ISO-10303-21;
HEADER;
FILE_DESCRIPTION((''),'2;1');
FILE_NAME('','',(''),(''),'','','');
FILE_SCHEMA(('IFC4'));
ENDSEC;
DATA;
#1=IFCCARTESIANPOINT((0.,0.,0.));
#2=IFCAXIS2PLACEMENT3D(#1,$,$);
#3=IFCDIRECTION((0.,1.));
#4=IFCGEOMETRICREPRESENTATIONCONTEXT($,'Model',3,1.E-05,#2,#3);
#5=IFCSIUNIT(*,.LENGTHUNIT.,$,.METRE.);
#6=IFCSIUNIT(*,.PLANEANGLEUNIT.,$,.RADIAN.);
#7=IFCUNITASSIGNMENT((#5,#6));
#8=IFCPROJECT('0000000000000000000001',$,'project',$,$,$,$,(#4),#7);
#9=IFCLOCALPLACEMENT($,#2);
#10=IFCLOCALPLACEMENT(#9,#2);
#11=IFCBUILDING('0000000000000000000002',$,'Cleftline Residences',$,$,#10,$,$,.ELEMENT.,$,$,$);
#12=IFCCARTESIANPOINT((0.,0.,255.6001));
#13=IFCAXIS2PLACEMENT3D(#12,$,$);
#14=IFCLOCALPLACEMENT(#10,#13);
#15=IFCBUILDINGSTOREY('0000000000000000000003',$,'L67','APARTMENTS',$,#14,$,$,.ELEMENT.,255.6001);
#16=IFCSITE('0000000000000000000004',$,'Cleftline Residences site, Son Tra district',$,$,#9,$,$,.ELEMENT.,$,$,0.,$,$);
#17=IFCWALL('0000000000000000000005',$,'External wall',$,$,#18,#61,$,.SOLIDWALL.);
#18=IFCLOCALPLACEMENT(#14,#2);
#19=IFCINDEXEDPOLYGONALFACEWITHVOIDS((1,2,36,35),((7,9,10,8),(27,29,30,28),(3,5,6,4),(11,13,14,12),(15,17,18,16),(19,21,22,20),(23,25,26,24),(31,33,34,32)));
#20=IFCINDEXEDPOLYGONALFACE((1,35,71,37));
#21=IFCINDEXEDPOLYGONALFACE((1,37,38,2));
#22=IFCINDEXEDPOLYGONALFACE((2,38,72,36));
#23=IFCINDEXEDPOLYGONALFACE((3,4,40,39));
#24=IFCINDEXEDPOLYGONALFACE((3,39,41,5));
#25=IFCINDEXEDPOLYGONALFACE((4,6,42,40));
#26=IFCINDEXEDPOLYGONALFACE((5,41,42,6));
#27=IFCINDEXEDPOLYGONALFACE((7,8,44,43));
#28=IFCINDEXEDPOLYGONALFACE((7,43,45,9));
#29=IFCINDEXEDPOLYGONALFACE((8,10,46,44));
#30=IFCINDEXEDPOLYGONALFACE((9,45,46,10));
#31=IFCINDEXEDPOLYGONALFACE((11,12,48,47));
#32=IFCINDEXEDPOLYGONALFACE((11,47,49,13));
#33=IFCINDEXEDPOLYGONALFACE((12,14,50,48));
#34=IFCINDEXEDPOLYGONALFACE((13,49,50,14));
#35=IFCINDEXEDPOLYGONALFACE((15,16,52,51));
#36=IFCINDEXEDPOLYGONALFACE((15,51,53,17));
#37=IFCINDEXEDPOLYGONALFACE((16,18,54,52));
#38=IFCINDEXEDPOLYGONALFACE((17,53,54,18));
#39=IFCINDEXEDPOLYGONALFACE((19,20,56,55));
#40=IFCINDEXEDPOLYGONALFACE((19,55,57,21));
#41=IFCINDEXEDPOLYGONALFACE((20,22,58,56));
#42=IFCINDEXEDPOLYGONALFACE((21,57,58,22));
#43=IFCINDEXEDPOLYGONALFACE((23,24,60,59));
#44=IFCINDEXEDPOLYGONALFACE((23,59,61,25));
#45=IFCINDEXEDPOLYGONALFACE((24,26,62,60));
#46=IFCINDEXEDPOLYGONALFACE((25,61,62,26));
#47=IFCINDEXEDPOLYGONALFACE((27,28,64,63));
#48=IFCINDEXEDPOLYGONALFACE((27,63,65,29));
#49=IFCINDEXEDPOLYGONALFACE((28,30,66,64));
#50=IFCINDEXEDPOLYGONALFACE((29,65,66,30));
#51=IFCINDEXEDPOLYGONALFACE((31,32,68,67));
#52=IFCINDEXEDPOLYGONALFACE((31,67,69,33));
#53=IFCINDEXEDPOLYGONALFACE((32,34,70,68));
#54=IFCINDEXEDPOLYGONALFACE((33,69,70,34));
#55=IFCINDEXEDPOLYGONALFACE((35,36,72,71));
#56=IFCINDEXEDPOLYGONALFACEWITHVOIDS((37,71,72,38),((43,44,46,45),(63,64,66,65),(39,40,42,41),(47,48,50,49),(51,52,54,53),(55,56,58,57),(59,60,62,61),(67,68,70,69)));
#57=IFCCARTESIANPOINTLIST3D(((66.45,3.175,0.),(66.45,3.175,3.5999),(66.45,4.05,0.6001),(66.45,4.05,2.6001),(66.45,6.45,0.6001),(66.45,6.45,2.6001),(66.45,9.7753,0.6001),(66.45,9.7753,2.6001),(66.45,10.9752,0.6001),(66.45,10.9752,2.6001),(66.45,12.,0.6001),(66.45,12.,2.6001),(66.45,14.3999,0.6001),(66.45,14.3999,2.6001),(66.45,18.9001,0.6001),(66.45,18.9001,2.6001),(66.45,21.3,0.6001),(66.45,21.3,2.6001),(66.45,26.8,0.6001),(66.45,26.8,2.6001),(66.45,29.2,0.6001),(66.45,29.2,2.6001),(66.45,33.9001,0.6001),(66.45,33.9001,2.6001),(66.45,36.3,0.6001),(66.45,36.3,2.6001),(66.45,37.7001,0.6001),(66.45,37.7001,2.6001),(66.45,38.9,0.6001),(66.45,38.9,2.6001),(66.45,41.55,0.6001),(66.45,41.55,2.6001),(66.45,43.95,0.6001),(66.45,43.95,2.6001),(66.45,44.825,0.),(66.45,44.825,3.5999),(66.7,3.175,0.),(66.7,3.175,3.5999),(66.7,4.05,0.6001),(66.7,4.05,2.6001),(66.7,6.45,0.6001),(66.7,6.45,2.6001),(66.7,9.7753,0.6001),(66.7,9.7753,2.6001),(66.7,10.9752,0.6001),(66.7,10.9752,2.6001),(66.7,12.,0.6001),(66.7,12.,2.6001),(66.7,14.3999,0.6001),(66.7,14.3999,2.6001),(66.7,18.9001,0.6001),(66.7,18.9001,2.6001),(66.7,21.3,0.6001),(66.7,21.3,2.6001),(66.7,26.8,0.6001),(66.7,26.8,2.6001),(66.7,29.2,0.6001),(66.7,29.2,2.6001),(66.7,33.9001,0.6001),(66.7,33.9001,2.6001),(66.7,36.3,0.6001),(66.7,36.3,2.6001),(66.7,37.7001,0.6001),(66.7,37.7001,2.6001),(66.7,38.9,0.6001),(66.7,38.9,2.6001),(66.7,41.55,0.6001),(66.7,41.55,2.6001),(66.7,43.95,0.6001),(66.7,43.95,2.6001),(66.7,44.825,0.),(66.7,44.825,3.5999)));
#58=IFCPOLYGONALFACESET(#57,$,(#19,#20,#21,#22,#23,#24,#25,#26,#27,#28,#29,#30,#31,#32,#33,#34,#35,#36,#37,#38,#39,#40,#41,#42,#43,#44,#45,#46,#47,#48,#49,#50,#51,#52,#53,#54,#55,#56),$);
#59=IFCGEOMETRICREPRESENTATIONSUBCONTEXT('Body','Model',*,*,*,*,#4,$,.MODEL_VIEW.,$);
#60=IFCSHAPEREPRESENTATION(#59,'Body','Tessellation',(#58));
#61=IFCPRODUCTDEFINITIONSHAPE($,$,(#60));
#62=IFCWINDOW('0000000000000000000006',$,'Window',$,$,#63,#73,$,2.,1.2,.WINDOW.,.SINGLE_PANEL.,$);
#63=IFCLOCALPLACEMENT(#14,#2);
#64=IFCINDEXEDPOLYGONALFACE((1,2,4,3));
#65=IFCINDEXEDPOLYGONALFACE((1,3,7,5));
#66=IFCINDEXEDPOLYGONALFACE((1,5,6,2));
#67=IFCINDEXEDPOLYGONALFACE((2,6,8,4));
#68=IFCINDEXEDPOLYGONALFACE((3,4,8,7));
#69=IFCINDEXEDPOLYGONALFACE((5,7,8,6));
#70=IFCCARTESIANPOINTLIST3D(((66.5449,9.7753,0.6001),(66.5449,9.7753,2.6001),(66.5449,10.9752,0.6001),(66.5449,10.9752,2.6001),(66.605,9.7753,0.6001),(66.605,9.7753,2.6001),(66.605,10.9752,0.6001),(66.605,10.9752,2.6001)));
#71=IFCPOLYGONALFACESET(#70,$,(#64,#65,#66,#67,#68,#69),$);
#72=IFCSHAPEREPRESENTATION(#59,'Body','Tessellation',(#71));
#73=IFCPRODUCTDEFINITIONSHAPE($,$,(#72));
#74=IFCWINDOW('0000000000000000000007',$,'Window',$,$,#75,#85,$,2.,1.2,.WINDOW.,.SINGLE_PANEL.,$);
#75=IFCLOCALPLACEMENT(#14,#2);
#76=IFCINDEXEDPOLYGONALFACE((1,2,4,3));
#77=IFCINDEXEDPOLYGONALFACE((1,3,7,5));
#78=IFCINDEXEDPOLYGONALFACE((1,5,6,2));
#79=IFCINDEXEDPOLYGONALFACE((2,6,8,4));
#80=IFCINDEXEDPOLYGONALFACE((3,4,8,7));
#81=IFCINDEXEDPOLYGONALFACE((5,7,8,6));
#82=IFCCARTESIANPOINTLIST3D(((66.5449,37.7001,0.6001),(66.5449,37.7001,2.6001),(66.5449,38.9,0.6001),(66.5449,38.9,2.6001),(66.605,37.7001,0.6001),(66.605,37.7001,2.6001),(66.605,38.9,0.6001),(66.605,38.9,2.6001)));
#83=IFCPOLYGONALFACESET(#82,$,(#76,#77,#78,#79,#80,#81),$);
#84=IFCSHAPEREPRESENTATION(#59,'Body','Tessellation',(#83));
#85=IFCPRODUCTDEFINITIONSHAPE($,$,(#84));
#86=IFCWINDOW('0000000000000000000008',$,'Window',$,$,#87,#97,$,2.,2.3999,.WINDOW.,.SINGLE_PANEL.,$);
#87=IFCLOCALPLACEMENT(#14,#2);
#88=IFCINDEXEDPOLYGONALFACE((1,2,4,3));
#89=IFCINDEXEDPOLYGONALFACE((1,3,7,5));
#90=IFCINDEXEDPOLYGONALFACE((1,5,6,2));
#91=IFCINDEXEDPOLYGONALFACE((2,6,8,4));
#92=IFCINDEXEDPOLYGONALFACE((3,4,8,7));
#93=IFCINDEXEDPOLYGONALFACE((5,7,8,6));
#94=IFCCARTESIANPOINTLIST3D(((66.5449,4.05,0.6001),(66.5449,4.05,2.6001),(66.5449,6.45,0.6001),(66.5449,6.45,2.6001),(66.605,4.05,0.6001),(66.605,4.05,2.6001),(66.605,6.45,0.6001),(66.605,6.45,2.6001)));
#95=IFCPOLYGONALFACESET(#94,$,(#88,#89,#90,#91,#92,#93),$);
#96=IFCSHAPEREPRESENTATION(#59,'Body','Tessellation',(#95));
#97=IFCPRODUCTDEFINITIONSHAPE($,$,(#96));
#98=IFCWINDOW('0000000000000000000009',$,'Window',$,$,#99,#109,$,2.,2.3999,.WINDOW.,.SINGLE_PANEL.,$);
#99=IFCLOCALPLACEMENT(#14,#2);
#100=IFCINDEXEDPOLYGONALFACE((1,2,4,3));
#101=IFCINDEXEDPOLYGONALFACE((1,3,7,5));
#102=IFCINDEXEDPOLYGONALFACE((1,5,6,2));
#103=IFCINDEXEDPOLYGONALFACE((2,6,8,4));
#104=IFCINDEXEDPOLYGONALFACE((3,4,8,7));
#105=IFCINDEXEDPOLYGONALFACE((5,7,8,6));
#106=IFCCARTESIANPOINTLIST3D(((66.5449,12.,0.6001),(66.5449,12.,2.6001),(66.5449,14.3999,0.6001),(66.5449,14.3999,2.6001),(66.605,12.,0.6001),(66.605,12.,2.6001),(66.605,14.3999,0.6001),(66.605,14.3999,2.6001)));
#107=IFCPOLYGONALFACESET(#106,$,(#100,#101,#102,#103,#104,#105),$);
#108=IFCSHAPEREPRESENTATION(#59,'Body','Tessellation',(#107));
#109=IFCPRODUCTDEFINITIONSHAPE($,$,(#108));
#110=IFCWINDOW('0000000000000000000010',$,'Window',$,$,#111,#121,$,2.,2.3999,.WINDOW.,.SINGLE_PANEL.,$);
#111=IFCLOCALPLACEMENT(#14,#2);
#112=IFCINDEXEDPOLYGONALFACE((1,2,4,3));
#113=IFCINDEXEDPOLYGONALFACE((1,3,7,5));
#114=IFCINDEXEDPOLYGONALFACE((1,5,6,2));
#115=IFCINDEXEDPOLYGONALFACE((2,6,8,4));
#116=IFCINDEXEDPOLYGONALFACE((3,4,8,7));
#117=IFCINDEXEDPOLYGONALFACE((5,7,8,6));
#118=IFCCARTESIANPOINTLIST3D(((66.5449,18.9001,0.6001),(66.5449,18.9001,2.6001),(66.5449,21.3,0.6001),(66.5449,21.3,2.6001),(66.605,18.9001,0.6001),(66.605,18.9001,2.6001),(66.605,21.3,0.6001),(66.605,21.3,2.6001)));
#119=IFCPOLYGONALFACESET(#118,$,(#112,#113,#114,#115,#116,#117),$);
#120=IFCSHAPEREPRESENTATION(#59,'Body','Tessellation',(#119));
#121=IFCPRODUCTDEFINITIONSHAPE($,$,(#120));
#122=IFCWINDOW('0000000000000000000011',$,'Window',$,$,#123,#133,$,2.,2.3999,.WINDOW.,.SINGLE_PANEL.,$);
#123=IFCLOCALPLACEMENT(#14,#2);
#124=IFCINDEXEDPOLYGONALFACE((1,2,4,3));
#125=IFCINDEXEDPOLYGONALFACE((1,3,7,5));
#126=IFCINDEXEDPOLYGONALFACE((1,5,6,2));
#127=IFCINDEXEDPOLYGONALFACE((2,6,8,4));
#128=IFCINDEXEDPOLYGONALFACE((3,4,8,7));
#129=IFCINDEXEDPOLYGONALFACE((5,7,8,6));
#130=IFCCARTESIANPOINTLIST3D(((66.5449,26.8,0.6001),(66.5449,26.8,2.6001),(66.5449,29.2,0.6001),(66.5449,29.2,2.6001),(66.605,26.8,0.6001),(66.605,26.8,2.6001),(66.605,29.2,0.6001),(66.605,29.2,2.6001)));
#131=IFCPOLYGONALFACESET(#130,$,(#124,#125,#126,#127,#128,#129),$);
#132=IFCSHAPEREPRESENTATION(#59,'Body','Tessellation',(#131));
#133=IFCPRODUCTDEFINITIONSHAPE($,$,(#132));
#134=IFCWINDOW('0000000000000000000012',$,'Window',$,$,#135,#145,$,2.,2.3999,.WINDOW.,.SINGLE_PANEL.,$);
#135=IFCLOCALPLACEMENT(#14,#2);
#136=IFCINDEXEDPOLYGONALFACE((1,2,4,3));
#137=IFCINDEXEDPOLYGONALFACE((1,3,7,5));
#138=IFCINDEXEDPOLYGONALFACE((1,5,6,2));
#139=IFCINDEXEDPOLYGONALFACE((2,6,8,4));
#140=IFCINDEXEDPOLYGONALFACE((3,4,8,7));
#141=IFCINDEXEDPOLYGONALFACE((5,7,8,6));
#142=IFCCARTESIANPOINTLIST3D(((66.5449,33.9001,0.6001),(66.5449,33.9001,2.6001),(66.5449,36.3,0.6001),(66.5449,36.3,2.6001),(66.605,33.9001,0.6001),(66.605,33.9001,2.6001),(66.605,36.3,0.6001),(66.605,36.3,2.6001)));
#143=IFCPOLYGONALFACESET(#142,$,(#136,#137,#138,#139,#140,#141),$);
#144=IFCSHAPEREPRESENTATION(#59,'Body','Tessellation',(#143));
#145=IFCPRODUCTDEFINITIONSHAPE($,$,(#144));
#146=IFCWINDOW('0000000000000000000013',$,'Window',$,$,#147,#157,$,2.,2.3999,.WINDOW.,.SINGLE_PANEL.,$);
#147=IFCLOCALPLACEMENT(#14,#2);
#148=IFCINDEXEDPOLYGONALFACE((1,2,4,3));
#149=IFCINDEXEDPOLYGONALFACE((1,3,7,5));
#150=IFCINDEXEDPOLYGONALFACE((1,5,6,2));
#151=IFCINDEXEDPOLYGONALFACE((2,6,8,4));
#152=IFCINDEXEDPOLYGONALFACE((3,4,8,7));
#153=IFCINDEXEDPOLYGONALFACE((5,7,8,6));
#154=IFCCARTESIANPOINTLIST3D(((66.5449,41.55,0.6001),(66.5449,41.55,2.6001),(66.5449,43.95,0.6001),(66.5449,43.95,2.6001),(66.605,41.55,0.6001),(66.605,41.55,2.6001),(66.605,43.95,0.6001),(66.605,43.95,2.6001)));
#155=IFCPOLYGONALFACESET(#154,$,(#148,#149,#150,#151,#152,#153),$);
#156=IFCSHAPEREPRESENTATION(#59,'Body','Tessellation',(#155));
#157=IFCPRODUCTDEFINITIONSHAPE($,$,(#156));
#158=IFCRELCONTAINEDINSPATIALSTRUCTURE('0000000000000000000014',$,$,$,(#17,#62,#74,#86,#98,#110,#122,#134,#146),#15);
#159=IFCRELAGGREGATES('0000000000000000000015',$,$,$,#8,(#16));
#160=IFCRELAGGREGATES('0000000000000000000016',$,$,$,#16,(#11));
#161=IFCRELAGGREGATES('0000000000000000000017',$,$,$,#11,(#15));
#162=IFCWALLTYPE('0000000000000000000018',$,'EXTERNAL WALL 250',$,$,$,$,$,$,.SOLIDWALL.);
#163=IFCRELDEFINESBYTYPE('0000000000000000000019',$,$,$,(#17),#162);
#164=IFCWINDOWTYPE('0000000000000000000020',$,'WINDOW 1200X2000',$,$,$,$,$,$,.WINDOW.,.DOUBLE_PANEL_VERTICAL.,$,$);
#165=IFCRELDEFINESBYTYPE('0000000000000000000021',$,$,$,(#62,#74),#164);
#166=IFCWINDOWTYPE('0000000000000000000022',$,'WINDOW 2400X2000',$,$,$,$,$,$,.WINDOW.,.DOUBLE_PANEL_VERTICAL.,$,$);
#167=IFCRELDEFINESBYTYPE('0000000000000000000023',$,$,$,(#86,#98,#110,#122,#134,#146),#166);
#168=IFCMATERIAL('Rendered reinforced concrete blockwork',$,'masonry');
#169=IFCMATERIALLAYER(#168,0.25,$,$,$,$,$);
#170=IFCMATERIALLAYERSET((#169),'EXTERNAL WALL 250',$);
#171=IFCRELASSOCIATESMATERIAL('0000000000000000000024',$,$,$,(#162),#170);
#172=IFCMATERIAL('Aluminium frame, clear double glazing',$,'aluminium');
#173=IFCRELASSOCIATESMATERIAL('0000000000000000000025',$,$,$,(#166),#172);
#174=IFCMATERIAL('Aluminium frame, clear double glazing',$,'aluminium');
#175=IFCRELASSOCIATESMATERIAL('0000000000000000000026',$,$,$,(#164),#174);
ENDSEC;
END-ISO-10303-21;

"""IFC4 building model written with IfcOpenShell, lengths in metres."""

from ifc_helpers import new_model, si_unit, direction, frame, frame_2d, origin, place, context, subcontext, project, spatial, rectangle, extrude, material, layer, layer_set, type_object, element, fill, save


model = new_model("IFC4")

# Units and contexts
model_context = context("Model", 3, precision=1e-05, world=origin(), true_north=direction((0.0, 1.0)))
body_context = subcontext(model_context, "Body", "Model", "MODEL_VIEW")
ifc_project = project(units=[si_unit("LENGTHUNIT", "METRE"), si_unit("PLANEANGLEUNIT", "RADIAN")], contexts=[model_context])

# Site, building, storey
site_placement = place(None, origin())
site = spatial("IfcSite", under=ifc_project, at=site_placement, Name="Cleftline Residences site, Son Tra district", CompositionType="ELEMENT", RefElevation=0.0)
building_placement = place(site_placement, origin())
building = spatial("IfcBuilding", under=site, at=building_placement, Name="Cleftline Residences", CompositionType="ELEMENT")
storey_placement = place(building_placement, frame((0.0, 0.0, 255.6001)))
storey = spatial("IfcBuildingStorey", under=building, at=storey_placement, Name="L67", Description="APARTMENTS", CompositionType="ELEMENT", Elevation=255.6001)

# Shared definitions
ifc_material_1 = material(Name="Rendered reinforced concrete blockwork", Category="masonry")
ifc_layer_1 = layer(ifc_material_1, 0.25)
ifc_layer_set_1 = layer_set([ifc_layer_1], Name="EXTERNAL WALL 250")
wall_type_1 = type_object("IfcWallType", Name="EXTERNAL WALL 250", PredefinedType="SOLIDWALL", material=ifc_layer_set_1)
ifc_material_2 = material(Name="Aluminium frame, clear double glazing", Category="aluminium")
window_type_1 = type_object("IfcWindowType", Name="WINDOW 2400X2000", PartitioningType="DOUBLE_PANEL_VERTICAL", PredefinedType="WINDOW", material=ifc_material_2)

# Wall, openings, windows
wall_1_placement = place(storey_placement, frame((66.575, 3.175, 0.0), z_axis=(0.0, 0.0, 1.0), x_axis=(0.0, 1.0, 0.0)))
wall_1 = element("IfcWall", 1, at=wall_1_placement, inside=storey, type_object=wall_type_1, Name="External wall", PredefinedType="SOLIDWALL", context=body_context, shape_type="SweptSolid", body=[
    extrude(rectangle(XDim=41.6499, YDim=0.25, at=frame_2d((20.825, 0.0))), origin(), (0.0, 0.0, 1.0), 3.5999),
])
opening_1_placement = place(wall_1_placement, frame((0.875, 0.0, 0.6001)))
opening_1 = element("IfcOpeningElement", 2, at=opening_1_placement, cuts=wall_1, PredefinedType="OPENING", context=body_context, shape_type="SweptSolid", body=[
    extrude(rectangle(XDim=2.3999, YDim=2.0, at=frame_2d((1.2, 1.0))), frame((0.0, 0.135, 0.0), z_axis=(0.0, -1.0, 0.0), x_axis=(1.0, 0.0, 0.0)), (0.0, 0.0, 1.0), 0.27),
])
opening_2_placement = place(wall_1_placement, frame((6.6001, 0.0, 0.6001)))
opening_2 = element("IfcOpeningElement", 3, at=opening_2_placement, cuts=wall_1, PredefinedType="OPENING", context=body_context, shape_type="SweptSolid", body=[
    extrude(rectangle(XDim=1.2, YDim=2.0, at=frame_2d((0.6001, 1.0))), frame((0.0, 0.135, 0.0), z_axis=(0.0, -1.0, 0.0), x_axis=(1.0, 0.0, 0.0)), (0.0, 0.0, 1.0), 0.27),
])
opening_3_placement = place(wall_1_placement, frame((8.825, 0.0, 0.6001)))
opening_3 = element("IfcOpeningElement", 4, at=opening_3_placement, cuts=wall_1, PredefinedType="OPENING", context=body_context, shape_type="SweptSolid", body=[
    extrude(rectangle(XDim=2.3999, YDim=2.0, at=frame_2d((1.2, 1.0))), frame((0.0, 0.135, 0.0), z_axis=(0.0, -1.0, 0.0), x_axis=(1.0, 0.0, 0.0)), (0.0, 0.0, 1.0), 0.27),
])
opening_4_placement = place(wall_1_placement, frame((15.7251, 0.0, 0.6001)))
opening_4 = element("IfcOpeningElement", 5, at=opening_4_placement, cuts=wall_1, PredefinedType="OPENING", context=body_context, shape_type="SweptSolid", body=[
    extrude(rectangle(XDim=2.3999, YDim=2.0, at=frame_2d((1.2, 1.0))), frame((0.0, 0.135, 0.0), z_axis=(0.0, -1.0, 0.0), x_axis=(1.0, 0.0, 0.0)), (0.0, 0.0, 1.0), 0.27),
])
opening_5_placement = place(wall_1_placement, frame((23.625, 0.0, 0.6001)))
opening_5 = element("IfcOpeningElement", 6, at=opening_5_placement, cuts=wall_1, PredefinedType="OPENING", context=body_context, shape_type="SweptSolid", body=[
    extrude(rectangle(XDim=2.3999, YDim=2.0, at=frame_2d((1.2, 1.0))), frame((0.0, 0.135, 0.0), z_axis=(0.0, -1.0, 0.0), x_axis=(1.0, 0.0, 0.0)), (0.0, 0.0, 1.0), 0.27),
])
opening_6_placement = place(wall_1_placement, frame((30.7251, 0.0, 0.6001)))
opening_6 = element("IfcOpeningElement", 7, at=opening_6_placement, cuts=wall_1, PredefinedType="OPENING", context=body_context, shape_type="SweptSolid", body=[
    extrude(rectangle(XDim=2.3999, YDim=2.0, at=frame_2d((1.2, 1.0))), frame((0.0, 0.135, 0.0), z_axis=(0.0, -1.0, 0.0), x_axis=(1.0, 0.0, 0.0)), (0.0, 0.0, 1.0), 0.27),
])
opening_7_placement = place(wall_1_placement, frame((34.5249, 0.0, 0.6001)))
opening_7 = element("IfcOpeningElement", 8, at=opening_7_placement, cuts=wall_1, PredefinedType="OPENING", context=body_context, shape_type="SweptSolid", body=[
    extrude(rectangle(XDim=1.2, YDim=2.0, at=frame_2d((0.6001, 1.0))), frame((0.0, 0.135, 0.0), z_axis=(0.0, -1.0, 0.0), x_axis=(1.0, 0.0, 0.0)), (0.0, 0.0, 1.0), 0.27),
])
opening_8_placement = place(wall_1_placement, frame((38.375, 0.0, 0.6001)))
opening_8 = element("IfcOpeningElement", 9, at=opening_8_placement, cuts=wall_1, PredefinedType="OPENING", context=body_context, shape_type="SweptSolid", body=[
    extrude(rectangle(XDim=2.3999, YDim=2.0, at=frame_2d((1.2, 1.0))), frame((0.0, 0.135, 0.0), z_axis=(0.0, -1.0, 0.0), x_axis=(1.0, 0.0, 0.0)), (0.0, 0.0, 1.0), 0.27),
])
ifc_material_3 = material(Name="Aluminium frame, clear double glazing", Category="aluminium")
window_type_2 = type_object("IfcWindowType", Name="WINDOW 1200X2000", PartitioningType="DOUBLE_PANEL_VERTICAL", PredefinedType="WINDOW", material=ifc_material_3)
window_1_placement = place(opening_2_placement, origin())
window_1 = element("IfcWindow", 10, at=window_1_placement, inside=storey, type_object=window_type_2, Name="Window", OverallHeight=2.0, OverallWidth=1.2, PartitioningType="SINGLE_PANEL", PredefinedType="WINDOW", context=body_context, shape_type="SweptSolid", body=[
    extrude(rectangle(XDim=1.2, YDim=2.0, at=frame_2d((0.6001, 1.0))), frame((0.0, 0.03, 0.0), z_axis=(0.0, -1.0, 0.0), x_axis=(1.0, 0.0, 0.0)), (0.0, 0.0, 1.0), 0.0601),
])
fill(opening_2, window_1)
window_2_placement = place(opening_7_placement, origin())
window_2 = element("IfcWindow", 11, at=window_2_placement, inside=storey, type_object=window_type_2, Name="Window", OverallHeight=2.0, OverallWidth=1.2, PartitioningType="SINGLE_PANEL", PredefinedType="WINDOW", context=body_context, shape_type="SweptSolid", body=[
    extrude(rectangle(XDim=1.2, YDim=2.0, at=frame_2d((0.6001, 1.0))), frame((0.0, 0.03, 0.0), z_axis=(0.0, -1.0, 0.0), x_axis=(1.0, 0.0, 0.0)), (0.0, 0.0, 1.0), 0.0601),
])
fill(opening_7, window_2)
window_3_placement = place(opening_1_placement, origin())
window_3 = element("IfcWindow", 12, at=window_3_placement, inside=storey, type_object=window_type_1, Name="Window", OverallHeight=2.0, OverallWidth=2.3999, PartitioningType="SINGLE_PANEL", PredefinedType="WINDOW", context=body_context, shape_type="SweptSolid", body=[
    extrude(rectangle(XDim=2.3999, YDim=2.0, at=frame_2d((1.2, 1.0))), frame((0.0, 0.03, 0.0), z_axis=(0.0, -1.0, 0.0), x_axis=(1.0, 0.0, 0.0)), (0.0, 0.0, 1.0), 0.0601),
])
fill(opening_1, window_3)
window_4_placement = place(opening_3_placement, origin())
window_4 = element("IfcWindow", 13, at=window_4_placement, inside=storey, type_object=window_type_1, Name="Window", OverallHeight=2.0, OverallWidth=2.3999, PartitioningType="SINGLE_PANEL", PredefinedType="WINDOW", context=body_context, shape_type="SweptSolid", body=[
    extrude(rectangle(XDim=2.3999, YDim=2.0, at=frame_2d((1.2, 1.0))), frame((0.0, 0.03, 0.0), z_axis=(0.0, -1.0, 0.0), x_axis=(1.0, 0.0, 0.0)), (0.0, 0.0, 1.0), 0.0601),
])
fill(opening_3, window_4)
window_5_placement = place(opening_4_placement, origin())
window_5 = element("IfcWindow", 14, at=window_5_placement, inside=storey, type_object=window_type_1, Name="Window", OverallHeight=2.0, OverallWidth=2.3999, PartitioningType="SINGLE_PANEL", PredefinedType="WINDOW", context=body_context, shape_type="SweptSolid", body=[
    extrude(rectangle(XDim=2.3999, YDim=2.0, at=frame_2d((1.2, 1.0))), frame((0.0, 0.03, 0.0), z_axis=(0.0, -1.0, 0.0), x_axis=(1.0, 0.0, 0.0)), (0.0, 0.0, 1.0), 0.0601),
])
fill(opening_4, window_5)
window_6_placement = place(opening_5_placement, origin())
window_6 = element("IfcWindow", 15, at=window_6_placement, inside=storey, type_object=window_type_1, Name="Window", OverallHeight=2.0, OverallWidth=2.3999, PartitioningType="SINGLE_PANEL", PredefinedType="WINDOW", context=body_context, shape_type="SweptSolid", body=[
    extrude(rectangle(XDim=2.3999, YDim=2.0, at=frame_2d((1.2, 1.0))), frame((0.0, 0.03, 0.0), z_axis=(0.0, -1.0, 0.0), x_axis=(1.0, 0.0, 0.0)), (0.0, 0.0, 1.0), 0.0601),
])
fill(opening_5, window_6)
window_7_placement = place(opening_6_placement, origin())
window_7 = element("IfcWindow", 16, at=window_7_placement, inside=storey, type_object=window_type_1, Name="Window", OverallHeight=2.0, OverallWidth=2.3999, PartitioningType="SINGLE_PANEL", PredefinedType="WINDOW", context=body_context, shape_type="SweptSolid", body=[
    extrude(rectangle(XDim=2.3999, YDim=2.0, at=frame_2d((1.2, 1.0))), frame((0.0, 0.03, 0.0), z_axis=(0.0, -1.0, 0.0), x_axis=(1.0, 0.0, 0.0)), (0.0, 0.0, 1.0), 0.0601),
])
fill(opening_6, window_7)
window_8_placement = place(opening_8_placement, origin())
window_8 = element("IfcWindow", 17, at=window_8_placement, inside=storey, type_object=window_type_1, Name="Window", OverallHeight=2.0, OverallWidth=2.3999, PartitioningType="SINGLE_PANEL", PredefinedType="WINDOW", context=body_context, shape_type="SweptSolid", body=[
    extrude(rectangle(XDim=2.3999, YDim=2.0, at=frame_2d((1.2, 1.0))), frame((0.0, 0.03, 0.0), z_axis=(0.0, -1.0, 0.0), x_axis=(1.0, 0.0, 0.0)), (0.0, 0.0, 1.0), 0.0601),
])
fill(opening_8, window_8)

save(model, "model.ifc")
